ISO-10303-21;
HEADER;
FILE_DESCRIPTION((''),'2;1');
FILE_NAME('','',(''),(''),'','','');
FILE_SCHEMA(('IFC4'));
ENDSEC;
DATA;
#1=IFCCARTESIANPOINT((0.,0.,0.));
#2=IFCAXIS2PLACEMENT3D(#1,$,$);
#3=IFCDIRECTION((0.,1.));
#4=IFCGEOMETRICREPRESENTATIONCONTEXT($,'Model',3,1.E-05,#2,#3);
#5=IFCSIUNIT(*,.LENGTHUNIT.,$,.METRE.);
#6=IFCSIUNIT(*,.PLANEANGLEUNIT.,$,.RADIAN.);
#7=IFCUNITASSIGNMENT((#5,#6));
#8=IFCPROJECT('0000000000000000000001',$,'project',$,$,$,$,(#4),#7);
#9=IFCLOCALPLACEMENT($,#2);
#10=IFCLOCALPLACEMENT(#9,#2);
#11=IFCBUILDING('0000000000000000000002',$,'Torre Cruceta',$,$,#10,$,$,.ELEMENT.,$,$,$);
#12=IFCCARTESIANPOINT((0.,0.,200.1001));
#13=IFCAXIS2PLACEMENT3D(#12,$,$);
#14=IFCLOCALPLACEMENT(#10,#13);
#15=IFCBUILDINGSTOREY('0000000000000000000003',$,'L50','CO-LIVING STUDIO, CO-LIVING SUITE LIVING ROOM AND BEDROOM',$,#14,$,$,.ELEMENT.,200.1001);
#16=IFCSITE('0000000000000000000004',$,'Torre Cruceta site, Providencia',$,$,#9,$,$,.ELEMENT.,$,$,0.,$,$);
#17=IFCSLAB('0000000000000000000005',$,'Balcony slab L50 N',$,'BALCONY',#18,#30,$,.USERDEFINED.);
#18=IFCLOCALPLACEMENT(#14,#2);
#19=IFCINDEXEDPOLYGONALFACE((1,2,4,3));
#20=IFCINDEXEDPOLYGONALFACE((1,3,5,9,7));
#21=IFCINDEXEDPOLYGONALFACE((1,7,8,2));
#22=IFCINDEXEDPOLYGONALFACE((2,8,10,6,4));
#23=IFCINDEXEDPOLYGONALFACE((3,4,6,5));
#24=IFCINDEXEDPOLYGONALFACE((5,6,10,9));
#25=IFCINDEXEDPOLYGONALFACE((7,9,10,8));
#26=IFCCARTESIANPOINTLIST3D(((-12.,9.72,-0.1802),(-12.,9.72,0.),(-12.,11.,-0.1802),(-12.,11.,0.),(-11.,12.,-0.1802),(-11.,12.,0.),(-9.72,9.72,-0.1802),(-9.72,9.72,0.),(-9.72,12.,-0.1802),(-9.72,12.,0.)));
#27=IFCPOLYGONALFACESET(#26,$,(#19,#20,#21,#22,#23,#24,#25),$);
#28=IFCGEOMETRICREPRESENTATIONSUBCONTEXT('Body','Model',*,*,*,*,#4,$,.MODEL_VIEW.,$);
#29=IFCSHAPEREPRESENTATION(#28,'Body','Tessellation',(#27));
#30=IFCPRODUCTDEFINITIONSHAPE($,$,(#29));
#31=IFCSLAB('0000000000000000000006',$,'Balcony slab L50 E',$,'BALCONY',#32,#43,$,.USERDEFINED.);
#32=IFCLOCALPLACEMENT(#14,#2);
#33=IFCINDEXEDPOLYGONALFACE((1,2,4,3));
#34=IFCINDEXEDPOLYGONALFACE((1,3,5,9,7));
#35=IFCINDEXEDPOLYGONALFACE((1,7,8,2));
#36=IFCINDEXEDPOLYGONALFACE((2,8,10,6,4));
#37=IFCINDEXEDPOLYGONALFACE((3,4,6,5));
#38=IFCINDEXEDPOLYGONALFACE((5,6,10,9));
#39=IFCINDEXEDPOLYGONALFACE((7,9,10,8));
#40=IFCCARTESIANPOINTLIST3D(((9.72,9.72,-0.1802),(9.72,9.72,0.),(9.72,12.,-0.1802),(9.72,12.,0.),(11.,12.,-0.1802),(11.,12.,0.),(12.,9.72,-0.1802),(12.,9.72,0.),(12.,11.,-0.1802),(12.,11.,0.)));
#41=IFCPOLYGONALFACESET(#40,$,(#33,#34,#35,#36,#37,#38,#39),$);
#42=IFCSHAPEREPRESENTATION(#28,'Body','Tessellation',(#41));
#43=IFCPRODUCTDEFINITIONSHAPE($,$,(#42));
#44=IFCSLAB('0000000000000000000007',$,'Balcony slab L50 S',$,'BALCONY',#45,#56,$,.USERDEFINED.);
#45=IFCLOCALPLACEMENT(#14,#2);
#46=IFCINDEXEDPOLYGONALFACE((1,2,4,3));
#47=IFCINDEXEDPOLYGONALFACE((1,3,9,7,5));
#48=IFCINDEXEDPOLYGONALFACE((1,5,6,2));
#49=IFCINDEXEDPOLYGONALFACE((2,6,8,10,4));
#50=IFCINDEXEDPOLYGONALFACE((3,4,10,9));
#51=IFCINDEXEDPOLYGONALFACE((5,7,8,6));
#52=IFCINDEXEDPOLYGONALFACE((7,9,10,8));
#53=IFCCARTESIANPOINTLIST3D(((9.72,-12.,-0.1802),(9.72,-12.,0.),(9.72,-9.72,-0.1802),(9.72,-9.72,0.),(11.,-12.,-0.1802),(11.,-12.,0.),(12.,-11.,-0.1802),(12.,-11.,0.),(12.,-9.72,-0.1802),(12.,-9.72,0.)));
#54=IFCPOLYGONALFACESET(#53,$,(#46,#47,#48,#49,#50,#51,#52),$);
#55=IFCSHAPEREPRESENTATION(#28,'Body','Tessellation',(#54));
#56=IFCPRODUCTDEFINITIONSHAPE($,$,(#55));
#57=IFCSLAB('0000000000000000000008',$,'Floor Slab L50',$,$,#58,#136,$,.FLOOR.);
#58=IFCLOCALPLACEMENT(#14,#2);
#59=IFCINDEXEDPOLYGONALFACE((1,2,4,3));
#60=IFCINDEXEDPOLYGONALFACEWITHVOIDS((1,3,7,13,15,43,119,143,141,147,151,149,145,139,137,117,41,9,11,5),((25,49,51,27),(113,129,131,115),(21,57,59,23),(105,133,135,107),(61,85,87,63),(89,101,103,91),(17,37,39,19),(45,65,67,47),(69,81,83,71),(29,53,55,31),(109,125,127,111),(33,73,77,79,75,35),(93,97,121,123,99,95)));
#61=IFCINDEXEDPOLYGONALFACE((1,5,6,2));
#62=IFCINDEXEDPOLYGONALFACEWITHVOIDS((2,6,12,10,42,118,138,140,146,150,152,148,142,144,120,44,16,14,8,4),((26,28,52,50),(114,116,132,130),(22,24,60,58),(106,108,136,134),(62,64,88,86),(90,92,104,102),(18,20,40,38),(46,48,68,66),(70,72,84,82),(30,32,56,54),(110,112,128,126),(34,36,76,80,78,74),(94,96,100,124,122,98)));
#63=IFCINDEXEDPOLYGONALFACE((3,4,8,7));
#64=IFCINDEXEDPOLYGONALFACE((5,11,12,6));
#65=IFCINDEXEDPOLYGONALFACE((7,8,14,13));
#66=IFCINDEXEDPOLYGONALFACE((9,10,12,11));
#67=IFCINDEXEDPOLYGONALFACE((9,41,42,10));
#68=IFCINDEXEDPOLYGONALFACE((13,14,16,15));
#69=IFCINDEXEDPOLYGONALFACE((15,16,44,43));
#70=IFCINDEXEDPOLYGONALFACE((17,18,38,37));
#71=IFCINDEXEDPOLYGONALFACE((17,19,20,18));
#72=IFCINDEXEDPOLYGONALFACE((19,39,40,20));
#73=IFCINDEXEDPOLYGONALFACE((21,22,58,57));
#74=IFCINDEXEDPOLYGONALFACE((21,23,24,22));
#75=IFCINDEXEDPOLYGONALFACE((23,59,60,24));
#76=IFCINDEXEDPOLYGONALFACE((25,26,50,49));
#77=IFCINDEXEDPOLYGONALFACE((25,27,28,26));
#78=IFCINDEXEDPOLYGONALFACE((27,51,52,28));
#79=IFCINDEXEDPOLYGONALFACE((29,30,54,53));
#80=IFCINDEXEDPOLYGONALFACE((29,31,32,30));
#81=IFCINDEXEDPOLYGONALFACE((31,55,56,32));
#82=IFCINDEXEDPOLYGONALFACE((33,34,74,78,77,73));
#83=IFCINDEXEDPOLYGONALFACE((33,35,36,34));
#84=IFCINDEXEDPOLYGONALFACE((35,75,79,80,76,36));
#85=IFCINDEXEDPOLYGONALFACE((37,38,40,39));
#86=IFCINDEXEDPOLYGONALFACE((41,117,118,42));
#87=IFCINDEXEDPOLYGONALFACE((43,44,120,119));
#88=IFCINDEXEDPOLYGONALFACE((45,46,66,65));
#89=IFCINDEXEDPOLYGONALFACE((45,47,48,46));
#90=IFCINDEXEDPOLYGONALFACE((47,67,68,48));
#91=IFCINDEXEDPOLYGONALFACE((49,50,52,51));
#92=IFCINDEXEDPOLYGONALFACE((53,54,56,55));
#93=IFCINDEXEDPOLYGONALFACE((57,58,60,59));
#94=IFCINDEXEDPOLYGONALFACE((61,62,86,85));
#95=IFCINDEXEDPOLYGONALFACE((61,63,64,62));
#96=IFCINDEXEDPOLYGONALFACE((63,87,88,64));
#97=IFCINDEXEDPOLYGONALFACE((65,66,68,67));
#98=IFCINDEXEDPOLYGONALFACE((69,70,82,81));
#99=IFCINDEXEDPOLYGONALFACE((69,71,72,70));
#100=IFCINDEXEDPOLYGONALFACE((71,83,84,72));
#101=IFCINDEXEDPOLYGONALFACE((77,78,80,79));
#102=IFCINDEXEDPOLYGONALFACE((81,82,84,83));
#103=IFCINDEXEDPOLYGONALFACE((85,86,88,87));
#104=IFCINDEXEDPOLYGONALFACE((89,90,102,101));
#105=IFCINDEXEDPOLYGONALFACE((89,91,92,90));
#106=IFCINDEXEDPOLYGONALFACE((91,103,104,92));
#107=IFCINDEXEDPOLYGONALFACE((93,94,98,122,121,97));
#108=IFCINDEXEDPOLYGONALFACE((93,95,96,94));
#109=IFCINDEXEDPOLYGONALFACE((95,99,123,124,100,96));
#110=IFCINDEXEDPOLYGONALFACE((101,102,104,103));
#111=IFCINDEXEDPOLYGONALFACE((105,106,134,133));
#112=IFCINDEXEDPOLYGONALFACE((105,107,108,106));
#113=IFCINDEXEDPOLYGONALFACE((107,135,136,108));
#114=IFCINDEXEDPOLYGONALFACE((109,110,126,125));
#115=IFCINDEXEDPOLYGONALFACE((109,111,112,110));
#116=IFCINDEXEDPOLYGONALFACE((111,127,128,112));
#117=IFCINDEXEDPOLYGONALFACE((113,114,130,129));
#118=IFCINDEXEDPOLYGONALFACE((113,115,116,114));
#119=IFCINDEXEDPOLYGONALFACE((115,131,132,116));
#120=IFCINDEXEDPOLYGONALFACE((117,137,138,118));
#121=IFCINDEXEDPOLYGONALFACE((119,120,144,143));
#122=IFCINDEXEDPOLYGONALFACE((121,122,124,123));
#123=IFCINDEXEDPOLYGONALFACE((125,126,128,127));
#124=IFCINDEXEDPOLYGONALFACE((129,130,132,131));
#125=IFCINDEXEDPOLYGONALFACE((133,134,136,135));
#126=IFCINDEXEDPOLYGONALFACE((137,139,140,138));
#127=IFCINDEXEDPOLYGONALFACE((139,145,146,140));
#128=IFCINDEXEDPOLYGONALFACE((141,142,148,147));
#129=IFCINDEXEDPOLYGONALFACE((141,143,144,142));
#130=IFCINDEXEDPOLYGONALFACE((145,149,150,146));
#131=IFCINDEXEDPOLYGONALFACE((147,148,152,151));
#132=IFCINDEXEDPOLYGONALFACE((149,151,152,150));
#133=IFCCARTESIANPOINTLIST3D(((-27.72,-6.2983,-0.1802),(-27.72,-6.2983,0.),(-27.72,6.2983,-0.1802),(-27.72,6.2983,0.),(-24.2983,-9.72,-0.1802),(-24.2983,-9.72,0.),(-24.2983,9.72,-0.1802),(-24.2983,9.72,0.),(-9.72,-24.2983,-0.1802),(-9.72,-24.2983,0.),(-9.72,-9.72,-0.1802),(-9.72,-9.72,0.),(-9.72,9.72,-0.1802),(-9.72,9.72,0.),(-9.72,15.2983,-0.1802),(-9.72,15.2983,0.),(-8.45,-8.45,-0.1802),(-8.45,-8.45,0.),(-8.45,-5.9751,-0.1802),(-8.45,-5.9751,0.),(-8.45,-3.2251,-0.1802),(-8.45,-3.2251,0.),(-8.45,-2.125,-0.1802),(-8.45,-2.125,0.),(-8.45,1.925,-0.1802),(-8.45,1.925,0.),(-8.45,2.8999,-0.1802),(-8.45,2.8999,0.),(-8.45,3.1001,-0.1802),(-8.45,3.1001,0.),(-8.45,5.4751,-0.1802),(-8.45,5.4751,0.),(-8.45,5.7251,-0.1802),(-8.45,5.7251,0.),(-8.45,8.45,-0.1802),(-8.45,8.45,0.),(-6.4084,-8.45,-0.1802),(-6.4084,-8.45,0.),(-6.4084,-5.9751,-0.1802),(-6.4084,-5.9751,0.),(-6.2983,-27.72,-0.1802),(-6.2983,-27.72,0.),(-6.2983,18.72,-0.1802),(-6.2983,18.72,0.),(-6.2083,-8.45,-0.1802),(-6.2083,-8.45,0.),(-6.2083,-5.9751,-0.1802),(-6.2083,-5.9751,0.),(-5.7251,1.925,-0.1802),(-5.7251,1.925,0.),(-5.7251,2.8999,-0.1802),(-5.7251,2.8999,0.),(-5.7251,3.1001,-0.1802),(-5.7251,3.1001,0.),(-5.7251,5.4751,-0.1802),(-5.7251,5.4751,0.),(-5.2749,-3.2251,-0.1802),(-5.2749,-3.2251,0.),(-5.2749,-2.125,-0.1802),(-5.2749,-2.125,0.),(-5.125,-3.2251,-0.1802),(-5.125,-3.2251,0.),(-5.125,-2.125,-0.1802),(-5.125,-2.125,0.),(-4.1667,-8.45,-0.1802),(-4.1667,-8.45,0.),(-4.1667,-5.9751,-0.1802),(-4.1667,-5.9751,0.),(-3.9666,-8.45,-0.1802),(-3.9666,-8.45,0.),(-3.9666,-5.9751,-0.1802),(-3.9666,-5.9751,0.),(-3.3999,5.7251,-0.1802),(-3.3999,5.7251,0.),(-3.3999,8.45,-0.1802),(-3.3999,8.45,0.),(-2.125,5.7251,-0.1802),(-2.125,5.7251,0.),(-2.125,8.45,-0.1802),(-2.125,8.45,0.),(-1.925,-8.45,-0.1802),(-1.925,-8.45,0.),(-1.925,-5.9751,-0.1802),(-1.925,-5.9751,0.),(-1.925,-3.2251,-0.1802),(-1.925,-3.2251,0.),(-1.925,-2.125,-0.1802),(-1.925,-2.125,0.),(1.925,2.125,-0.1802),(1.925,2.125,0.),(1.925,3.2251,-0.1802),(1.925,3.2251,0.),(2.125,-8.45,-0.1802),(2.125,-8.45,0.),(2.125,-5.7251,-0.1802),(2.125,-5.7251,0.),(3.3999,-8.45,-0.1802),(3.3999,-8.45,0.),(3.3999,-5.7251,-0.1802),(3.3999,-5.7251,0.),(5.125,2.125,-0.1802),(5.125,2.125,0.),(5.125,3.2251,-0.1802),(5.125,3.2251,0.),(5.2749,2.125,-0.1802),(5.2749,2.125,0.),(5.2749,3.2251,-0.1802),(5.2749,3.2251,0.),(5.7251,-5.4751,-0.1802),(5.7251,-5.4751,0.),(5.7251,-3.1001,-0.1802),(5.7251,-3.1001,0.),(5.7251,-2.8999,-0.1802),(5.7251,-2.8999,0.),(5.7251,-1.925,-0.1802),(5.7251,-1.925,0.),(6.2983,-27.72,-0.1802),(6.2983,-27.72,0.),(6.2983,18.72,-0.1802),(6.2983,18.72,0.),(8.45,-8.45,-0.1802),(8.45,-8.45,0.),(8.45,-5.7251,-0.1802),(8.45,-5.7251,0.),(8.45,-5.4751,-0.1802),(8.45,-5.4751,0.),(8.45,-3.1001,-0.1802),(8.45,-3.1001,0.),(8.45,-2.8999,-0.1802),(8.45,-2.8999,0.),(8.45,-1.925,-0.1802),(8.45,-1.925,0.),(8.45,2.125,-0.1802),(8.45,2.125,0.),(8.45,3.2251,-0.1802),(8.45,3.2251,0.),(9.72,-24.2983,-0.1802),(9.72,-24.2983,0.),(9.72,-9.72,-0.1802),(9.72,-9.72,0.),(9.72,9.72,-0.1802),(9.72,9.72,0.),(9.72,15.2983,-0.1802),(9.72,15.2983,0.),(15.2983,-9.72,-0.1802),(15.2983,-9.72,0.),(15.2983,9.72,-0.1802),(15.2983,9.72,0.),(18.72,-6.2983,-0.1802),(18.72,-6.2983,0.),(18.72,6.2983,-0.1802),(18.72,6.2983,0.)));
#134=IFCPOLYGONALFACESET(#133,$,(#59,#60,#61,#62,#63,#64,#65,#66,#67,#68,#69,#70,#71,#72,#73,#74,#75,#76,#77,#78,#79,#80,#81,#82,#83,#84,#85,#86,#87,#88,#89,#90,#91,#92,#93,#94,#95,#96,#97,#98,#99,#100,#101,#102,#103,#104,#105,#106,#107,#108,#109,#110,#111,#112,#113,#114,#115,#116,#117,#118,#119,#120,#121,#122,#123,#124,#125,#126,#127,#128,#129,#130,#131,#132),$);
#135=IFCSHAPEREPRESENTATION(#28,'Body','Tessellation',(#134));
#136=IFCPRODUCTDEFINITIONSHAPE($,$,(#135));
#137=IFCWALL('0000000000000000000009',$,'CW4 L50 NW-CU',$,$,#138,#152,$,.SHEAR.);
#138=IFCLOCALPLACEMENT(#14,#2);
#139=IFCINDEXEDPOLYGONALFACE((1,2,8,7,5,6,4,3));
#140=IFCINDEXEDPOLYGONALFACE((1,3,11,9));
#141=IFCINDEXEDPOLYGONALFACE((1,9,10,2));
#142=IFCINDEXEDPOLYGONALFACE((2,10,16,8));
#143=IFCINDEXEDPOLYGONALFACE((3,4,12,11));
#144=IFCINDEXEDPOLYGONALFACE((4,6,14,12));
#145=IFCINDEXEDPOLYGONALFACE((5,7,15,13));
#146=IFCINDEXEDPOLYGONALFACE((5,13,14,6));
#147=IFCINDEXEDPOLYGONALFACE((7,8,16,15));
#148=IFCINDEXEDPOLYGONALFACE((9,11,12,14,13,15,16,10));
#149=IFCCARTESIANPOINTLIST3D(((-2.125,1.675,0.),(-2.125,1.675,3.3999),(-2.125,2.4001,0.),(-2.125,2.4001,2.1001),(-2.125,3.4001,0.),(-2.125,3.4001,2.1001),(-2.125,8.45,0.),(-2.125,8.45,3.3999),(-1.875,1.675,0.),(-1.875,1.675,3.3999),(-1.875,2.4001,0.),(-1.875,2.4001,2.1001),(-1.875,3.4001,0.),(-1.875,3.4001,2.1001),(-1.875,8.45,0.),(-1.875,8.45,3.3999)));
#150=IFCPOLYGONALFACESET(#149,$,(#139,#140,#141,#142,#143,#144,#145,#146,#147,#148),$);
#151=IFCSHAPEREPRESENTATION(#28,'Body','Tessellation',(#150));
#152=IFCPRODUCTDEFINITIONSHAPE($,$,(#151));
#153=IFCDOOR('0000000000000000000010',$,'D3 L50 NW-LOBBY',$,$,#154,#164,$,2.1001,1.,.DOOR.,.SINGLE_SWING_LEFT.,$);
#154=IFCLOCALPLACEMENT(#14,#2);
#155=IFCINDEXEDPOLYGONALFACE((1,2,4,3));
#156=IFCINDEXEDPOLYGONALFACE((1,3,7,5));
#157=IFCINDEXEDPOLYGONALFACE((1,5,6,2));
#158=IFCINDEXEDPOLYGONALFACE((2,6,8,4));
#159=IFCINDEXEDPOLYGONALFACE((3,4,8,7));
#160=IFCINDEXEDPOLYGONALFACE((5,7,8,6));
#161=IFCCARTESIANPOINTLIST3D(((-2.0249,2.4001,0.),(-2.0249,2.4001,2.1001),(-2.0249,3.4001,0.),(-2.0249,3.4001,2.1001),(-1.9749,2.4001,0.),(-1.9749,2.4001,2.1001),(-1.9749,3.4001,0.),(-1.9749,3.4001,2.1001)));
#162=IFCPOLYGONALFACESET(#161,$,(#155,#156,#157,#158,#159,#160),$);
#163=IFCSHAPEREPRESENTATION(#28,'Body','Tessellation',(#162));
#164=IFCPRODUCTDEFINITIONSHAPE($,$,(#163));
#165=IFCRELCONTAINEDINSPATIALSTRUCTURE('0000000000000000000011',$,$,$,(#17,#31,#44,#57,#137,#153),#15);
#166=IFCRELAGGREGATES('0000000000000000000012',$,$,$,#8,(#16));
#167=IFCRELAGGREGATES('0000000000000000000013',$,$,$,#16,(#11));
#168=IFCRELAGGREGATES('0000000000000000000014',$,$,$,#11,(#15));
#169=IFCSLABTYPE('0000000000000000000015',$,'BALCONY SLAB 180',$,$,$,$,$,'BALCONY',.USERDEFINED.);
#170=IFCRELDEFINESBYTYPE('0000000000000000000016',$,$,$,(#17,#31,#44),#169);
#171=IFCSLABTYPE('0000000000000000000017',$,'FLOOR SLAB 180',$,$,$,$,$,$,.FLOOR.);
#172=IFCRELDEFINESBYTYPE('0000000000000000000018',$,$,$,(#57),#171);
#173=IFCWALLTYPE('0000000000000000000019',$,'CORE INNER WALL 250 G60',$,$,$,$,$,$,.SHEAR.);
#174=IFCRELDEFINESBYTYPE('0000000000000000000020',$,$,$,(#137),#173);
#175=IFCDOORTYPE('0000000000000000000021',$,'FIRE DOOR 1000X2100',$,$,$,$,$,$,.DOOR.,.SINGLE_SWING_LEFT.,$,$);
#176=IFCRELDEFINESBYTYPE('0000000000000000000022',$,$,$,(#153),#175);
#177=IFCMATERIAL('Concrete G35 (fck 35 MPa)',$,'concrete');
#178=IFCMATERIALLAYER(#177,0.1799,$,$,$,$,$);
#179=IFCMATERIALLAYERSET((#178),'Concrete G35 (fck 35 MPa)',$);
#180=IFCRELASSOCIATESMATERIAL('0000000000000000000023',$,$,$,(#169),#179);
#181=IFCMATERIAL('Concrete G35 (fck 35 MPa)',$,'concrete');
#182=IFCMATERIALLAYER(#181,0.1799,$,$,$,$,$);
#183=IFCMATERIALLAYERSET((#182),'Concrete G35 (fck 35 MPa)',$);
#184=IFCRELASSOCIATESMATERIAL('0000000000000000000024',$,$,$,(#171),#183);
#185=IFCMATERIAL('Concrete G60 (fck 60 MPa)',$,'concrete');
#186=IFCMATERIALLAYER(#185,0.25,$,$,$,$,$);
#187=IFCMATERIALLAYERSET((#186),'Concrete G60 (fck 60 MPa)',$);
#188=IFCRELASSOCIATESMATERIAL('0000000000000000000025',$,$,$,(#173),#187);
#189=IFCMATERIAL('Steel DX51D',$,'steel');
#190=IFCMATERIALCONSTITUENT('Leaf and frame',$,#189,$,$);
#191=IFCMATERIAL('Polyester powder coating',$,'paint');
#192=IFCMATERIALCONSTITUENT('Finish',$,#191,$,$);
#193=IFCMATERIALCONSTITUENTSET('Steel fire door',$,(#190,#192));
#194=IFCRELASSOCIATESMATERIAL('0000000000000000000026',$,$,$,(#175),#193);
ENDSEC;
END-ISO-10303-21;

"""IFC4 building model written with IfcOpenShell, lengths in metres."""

from ifc_helpers import new_model, si_unit, direction, frame, frame_2d, origin, place, context, subcontext, project, spatial, polyline, rectangle, outline, extrude, material, layer, layer_set, constituent, constituent_set, type_object, element, fill, save


model = new_model("IFC4")

# Units and contexts
model_context = context("Model", 3, precision=1e-05, world=origin(), true_north=direction((0.0, 1.0)))
body_context = subcontext(model_context, "Body", "Model", "MODEL_VIEW")
ifc_project = project(units=[si_unit("LENGTHUNIT", "METRE"), si_unit("PLANEANGLEUNIT", "RADIAN")], contexts=[model_context])

# Site, building, storey
site_placement = place(None, origin())
site = spatial("IfcSite", under=ifc_project, at=site_placement, Name="Torre Cruceta site, Providencia", CompositionType="ELEMENT", RefElevation=0.0)
building_placement = place(site_placement, origin())
building = spatial("IfcBuilding", under=site, at=building_placement, Name="Torre Cruceta", CompositionType="ELEMENT")
storey_placement = place(building_placement, frame((0.0, 0.0, 200.1001)))
storey = spatial("IfcBuildingStorey", under=building, at=storey_placement, Name="L50", Description="CO-LIVING STUDIO, CO-LIVING SUITE LIVING ROOM AND BEDROOM", CompositionType="ELEMENT", Elevation=200.1001)

# Slabs
ifc_material_1 = material(Name="Concrete G35 (fck 35 MPa)", Category="concrete")
ifc_layer_1 = layer(ifc_material_1, 0.1799)
ifc_layer_set_1 = layer_set([ifc_layer_1], Name="Concrete G35 (fck 35 MPa)")
slab_type_1 = type_object("IfcSlabType", Name="BALCONY SLAB 180", ElementType="BALCONY", PredefinedType="USERDEFINED", material=ifc_layer_set_1)
slab_1_placement = place(storey_placement, frame((0.0, 0.0, -0.1802)))
element("IfcSlab", 1, at=slab_1_placement, inside=storey, type_object=slab_type_1, Name="Balcony slab L50 N", ObjectType="BALCONY", PredefinedType="USERDEFINED", context=body_context, shape_type="SweptSolid", body=[
    extrude(outline(polyline([(-12.0, 11.0), (-11.0, 12.0), (-9.72, 12.0), (-9.72, 9.72), (-12.0, 9.72), (-12.0, 11.0)])), origin(), (0.0, 0.0, 1.0), 0.1802),
])
slab_2_placement = place(storey_placement, frame((0.0, 0.0, -0.1802)))
element("IfcSlab", 2, at=slab_2_placement, inside=storey, type_object=slab_type_1, Name="Balcony slab L50 E", ObjectType="BALCONY", PredefinedType="USERDEFINED", context=body_context, shape_type="SweptSolid", body=[
    extrude(outline(polyline([(11.0, 12.0), (12.0, 11.0), (12.0, 9.72), (9.72, 9.72), (9.72, 12.0), (11.0, 12.0)])), origin(), (0.0, 0.0, 1.0), 0.1802),
])
slab_3_placement = place(storey_placement, frame((0.0, 0.0, -0.1802)))
element("IfcSlab", 3, at=slab_3_placement, inside=storey, type_object=slab_type_1, Name="Balcony slab L50 S", ObjectType="BALCONY", PredefinedType="USERDEFINED", context=body_context, shape_type="SweptSolid", body=[
    extrude(outline(polyline([(12.0, -11.0), (11.0, -12.0), (9.72, -12.0), (9.72, -9.72), (12.0, -9.72), (12.0, -11.0)])), origin(), (0.0, 0.0, 1.0), 0.1802),
])
ifc_material_2 = material(Name="Concrete G35 (fck 35 MPa)", Category="concrete")
ifc_layer_2 = layer(ifc_material_2, 0.1799)
ifc_layer_set_2 = layer_set([ifc_layer_2], Name="Concrete G35 (fck 35 MPa)")
slab_type_2 = type_object("IfcSlabType", Name="FLOOR SLAB 180", PredefinedType="FLOOR", material=ifc_layer_set_2)
slab_4_placement = place(storey_placement, frame((0.0, 0.0, -0.1802)))
element("IfcSlab", 4, at=slab_4_placement, inside=storey, type_object=slab_type_2, Name="Floor Slab L50", PredefinedType="FLOOR", context=body_context, shape_type="SweptSolid", body=[
    extrude(outline(polyline([(9.72, -9.72), (9.72, -24.2983), (6.2983, -27.72), (-6.2983, -27.72), (-9.72, -24.2983), (-9.72, -9.72), (-24.2983, -9.72), (-27.72, -6.2983), (-27.72, 6.2983), (-24.2983, 9.72), (-9.72, 9.72), (-9.72, 15.2983), (-6.2983, 18.72), (6.2983, 18.72), (9.72, 15.2983), (9.72, 9.72), (15.2983, 9.72), (18.72, 6.2983), (18.72, -6.2983), (15.2983, -9.72), (9.72, -9.72)]), holes=[polyline([(1.925, 2.125), (5.125, 2.125), (5.125, 3.2251), (1.925, 3.2251), (1.925, 2.125)]), polyline([(5.2749, 2.125), (8.45, 2.125), (8.45, 3.2251), (5.2749, 3.2251), (5.2749, 2.125)]), polyline([(-8.45, 3.1001), (-5.7251, 3.1001), (-5.7251, 5.4751), (-8.45, 5.4751), (-8.45, 3.1001)]), polyline([(-8.45, 1.925), (-5.7251, 1.925), (-5.7251, 2.8999), (-8.45, 2.8999), (-8.45, 1.925)]), polyline([(-3.9666, -8.45), (-1.925, -8.45), (-1.925, -5.9751), (-3.9666, -5.9751), (-3.9666, -8.45)]), polyline([(-6.2083, -8.45), (-4.1667, -8.45), (-4.1667, -5.9751), (-6.2083, -5.9751), (-6.2083, -8.45)]), polyline([(-8.45, -8.45), (-6.4084, -8.45), (-6.4084, -5.9751), (-8.45, -5.9751), (-8.45, -8.45)]), polyline([(-5.125, -3.2251), (-1.925, -3.2251), (-1.925, -2.125), (-5.125, -2.125), (-5.125, -3.2251)]), polyline([(-8.45, -3.2251), (-5.2749, -3.2251), (-5.2749, -2.125), (-8.45, -2.125), (-8.45, -3.2251)]), polyline([(5.7251, -5.4751), (8.45, -5.4751), (8.45, -3.1001), (5.7251, -3.1001), (5.7251, -5.4751)]), polyline([(5.7251, -2.8999), (8.45, -2.8999), (8.45, -1.925), (5.7251, -1.925), (5.7251, -2.8999)]), polyline([(-8.45, 5.7251), (-8.45, 8.45), (-3.3999, 8.45), (-2.125, 8.45), (-2.125, 5.7251), (-3.3999, 5.7251), (-8.45, 5.7251)]), polyline([(2.125, -5.7251), (3.3999, -5.7251), (8.45, -5.7251), (8.45, -8.45), (3.3999, -8.45), (2.125, -8.45), (2.125, -5.7251)])]), origin(), (0.0, 0.0, 1.0), 0.1802),
])

# Wall, opening, door
ifc_material_3 = material(Name="Concrete G60 (fck 60 MPa)", Category="concrete")
ifc_layer_3 = layer(ifc_material_3, 0.25)
ifc_layer_set_3 = layer_set([ifc_layer_3], Name="Concrete G60 (fck 60 MPa)")
wall_type_1 = type_object("IfcWallType", Name="CORE INNER WALL 250 G60", PredefinedType="SHEAR", material=ifc_layer_set_3)
wall_1_placement = place(storey_placement, frame((-2.0, 1.675, 0.0), z_axis=(0.0, 0.0, 1.0), x_axis=(0.0, 1.0, 0.0)))
wall_1 = element("IfcWall", 5, at=wall_1_placement, inside=storey, type_object=wall_type_1, Name="CW4 L50 NW-CU", PredefinedType="SHEAR", context=body_context, shape_type="SweptSolid", body=[
    extrude(rectangle(XDim=6.7749, YDim=0.25, at=frame_2d((3.3875, 0.0))), origin(), (0.0, 0.0, 1.0), 3.3999),
])
opening_1_placement = place(wall_1_placement, frame((0.7251, 0.0, 0.0)))
opening_1 = element("IfcOpeningElement", 6, at=opening_1_placement, cuts=wall_1, PredefinedType="OPENING", context=body_context, shape_type="SweptSolid", body=[
    extrude(rectangle(XDim=1.0, YDim=2.1001, at=frame_2d((0.5, 1.05))), frame((0.0, 0.135, 0.0), z_axis=(0.0, -1.0, 0.0), x_axis=(1.0, 0.0, 0.0)), (0.0, 0.0, 1.0), 0.27),
])
ifc_material_4 = material(Name="Steel DX51D", Category="steel")
ifc_constituent_1 = constituent(ifc_material_4, Name="Leaf and frame")
ifc_material_5 = material(Name="Polyester powder coating", Category="paint")
ifc_constituent_2 = constituent(ifc_material_5, Name="Finish")
ifc_constituent_set_1 = constituent_set(constituents=[ifc_constituent_1, ifc_constituent_2], Name="Steel fire door")
door_type_1 = type_object("IfcDoorType", Name="FIRE DOOR 1000X2100", OperationType="SINGLE_SWING_LEFT", PredefinedType="DOOR", material=ifc_constituent_set_1)
door_1_placement = place(opening_1_placement, origin())
door_1 = element("IfcDoor", 7, at=door_1_placement, inside=storey, type_object=door_type_1, Name="D3 L50 NW-LOBBY", OperationType="SINGLE_SWING_LEFT", OverallHeight=2.1001, OverallWidth=1.0, PredefinedType="DOOR", context=body_context, shape_type="SweptSolid", body=[
    extrude(rectangle(XDim=1.0, YDim=2.1001, at=frame_2d((0.5, 1.05))), frame((0.0, 0.0249, 0.0), z_axis=(0.0, -1.0, 0.0), x_axis=(1.0, 0.0, 0.0)), (0.0, 0.0, 1.0), 0.05),
])
fill(opening_1, door_1)

save(model, "model.ifc")
